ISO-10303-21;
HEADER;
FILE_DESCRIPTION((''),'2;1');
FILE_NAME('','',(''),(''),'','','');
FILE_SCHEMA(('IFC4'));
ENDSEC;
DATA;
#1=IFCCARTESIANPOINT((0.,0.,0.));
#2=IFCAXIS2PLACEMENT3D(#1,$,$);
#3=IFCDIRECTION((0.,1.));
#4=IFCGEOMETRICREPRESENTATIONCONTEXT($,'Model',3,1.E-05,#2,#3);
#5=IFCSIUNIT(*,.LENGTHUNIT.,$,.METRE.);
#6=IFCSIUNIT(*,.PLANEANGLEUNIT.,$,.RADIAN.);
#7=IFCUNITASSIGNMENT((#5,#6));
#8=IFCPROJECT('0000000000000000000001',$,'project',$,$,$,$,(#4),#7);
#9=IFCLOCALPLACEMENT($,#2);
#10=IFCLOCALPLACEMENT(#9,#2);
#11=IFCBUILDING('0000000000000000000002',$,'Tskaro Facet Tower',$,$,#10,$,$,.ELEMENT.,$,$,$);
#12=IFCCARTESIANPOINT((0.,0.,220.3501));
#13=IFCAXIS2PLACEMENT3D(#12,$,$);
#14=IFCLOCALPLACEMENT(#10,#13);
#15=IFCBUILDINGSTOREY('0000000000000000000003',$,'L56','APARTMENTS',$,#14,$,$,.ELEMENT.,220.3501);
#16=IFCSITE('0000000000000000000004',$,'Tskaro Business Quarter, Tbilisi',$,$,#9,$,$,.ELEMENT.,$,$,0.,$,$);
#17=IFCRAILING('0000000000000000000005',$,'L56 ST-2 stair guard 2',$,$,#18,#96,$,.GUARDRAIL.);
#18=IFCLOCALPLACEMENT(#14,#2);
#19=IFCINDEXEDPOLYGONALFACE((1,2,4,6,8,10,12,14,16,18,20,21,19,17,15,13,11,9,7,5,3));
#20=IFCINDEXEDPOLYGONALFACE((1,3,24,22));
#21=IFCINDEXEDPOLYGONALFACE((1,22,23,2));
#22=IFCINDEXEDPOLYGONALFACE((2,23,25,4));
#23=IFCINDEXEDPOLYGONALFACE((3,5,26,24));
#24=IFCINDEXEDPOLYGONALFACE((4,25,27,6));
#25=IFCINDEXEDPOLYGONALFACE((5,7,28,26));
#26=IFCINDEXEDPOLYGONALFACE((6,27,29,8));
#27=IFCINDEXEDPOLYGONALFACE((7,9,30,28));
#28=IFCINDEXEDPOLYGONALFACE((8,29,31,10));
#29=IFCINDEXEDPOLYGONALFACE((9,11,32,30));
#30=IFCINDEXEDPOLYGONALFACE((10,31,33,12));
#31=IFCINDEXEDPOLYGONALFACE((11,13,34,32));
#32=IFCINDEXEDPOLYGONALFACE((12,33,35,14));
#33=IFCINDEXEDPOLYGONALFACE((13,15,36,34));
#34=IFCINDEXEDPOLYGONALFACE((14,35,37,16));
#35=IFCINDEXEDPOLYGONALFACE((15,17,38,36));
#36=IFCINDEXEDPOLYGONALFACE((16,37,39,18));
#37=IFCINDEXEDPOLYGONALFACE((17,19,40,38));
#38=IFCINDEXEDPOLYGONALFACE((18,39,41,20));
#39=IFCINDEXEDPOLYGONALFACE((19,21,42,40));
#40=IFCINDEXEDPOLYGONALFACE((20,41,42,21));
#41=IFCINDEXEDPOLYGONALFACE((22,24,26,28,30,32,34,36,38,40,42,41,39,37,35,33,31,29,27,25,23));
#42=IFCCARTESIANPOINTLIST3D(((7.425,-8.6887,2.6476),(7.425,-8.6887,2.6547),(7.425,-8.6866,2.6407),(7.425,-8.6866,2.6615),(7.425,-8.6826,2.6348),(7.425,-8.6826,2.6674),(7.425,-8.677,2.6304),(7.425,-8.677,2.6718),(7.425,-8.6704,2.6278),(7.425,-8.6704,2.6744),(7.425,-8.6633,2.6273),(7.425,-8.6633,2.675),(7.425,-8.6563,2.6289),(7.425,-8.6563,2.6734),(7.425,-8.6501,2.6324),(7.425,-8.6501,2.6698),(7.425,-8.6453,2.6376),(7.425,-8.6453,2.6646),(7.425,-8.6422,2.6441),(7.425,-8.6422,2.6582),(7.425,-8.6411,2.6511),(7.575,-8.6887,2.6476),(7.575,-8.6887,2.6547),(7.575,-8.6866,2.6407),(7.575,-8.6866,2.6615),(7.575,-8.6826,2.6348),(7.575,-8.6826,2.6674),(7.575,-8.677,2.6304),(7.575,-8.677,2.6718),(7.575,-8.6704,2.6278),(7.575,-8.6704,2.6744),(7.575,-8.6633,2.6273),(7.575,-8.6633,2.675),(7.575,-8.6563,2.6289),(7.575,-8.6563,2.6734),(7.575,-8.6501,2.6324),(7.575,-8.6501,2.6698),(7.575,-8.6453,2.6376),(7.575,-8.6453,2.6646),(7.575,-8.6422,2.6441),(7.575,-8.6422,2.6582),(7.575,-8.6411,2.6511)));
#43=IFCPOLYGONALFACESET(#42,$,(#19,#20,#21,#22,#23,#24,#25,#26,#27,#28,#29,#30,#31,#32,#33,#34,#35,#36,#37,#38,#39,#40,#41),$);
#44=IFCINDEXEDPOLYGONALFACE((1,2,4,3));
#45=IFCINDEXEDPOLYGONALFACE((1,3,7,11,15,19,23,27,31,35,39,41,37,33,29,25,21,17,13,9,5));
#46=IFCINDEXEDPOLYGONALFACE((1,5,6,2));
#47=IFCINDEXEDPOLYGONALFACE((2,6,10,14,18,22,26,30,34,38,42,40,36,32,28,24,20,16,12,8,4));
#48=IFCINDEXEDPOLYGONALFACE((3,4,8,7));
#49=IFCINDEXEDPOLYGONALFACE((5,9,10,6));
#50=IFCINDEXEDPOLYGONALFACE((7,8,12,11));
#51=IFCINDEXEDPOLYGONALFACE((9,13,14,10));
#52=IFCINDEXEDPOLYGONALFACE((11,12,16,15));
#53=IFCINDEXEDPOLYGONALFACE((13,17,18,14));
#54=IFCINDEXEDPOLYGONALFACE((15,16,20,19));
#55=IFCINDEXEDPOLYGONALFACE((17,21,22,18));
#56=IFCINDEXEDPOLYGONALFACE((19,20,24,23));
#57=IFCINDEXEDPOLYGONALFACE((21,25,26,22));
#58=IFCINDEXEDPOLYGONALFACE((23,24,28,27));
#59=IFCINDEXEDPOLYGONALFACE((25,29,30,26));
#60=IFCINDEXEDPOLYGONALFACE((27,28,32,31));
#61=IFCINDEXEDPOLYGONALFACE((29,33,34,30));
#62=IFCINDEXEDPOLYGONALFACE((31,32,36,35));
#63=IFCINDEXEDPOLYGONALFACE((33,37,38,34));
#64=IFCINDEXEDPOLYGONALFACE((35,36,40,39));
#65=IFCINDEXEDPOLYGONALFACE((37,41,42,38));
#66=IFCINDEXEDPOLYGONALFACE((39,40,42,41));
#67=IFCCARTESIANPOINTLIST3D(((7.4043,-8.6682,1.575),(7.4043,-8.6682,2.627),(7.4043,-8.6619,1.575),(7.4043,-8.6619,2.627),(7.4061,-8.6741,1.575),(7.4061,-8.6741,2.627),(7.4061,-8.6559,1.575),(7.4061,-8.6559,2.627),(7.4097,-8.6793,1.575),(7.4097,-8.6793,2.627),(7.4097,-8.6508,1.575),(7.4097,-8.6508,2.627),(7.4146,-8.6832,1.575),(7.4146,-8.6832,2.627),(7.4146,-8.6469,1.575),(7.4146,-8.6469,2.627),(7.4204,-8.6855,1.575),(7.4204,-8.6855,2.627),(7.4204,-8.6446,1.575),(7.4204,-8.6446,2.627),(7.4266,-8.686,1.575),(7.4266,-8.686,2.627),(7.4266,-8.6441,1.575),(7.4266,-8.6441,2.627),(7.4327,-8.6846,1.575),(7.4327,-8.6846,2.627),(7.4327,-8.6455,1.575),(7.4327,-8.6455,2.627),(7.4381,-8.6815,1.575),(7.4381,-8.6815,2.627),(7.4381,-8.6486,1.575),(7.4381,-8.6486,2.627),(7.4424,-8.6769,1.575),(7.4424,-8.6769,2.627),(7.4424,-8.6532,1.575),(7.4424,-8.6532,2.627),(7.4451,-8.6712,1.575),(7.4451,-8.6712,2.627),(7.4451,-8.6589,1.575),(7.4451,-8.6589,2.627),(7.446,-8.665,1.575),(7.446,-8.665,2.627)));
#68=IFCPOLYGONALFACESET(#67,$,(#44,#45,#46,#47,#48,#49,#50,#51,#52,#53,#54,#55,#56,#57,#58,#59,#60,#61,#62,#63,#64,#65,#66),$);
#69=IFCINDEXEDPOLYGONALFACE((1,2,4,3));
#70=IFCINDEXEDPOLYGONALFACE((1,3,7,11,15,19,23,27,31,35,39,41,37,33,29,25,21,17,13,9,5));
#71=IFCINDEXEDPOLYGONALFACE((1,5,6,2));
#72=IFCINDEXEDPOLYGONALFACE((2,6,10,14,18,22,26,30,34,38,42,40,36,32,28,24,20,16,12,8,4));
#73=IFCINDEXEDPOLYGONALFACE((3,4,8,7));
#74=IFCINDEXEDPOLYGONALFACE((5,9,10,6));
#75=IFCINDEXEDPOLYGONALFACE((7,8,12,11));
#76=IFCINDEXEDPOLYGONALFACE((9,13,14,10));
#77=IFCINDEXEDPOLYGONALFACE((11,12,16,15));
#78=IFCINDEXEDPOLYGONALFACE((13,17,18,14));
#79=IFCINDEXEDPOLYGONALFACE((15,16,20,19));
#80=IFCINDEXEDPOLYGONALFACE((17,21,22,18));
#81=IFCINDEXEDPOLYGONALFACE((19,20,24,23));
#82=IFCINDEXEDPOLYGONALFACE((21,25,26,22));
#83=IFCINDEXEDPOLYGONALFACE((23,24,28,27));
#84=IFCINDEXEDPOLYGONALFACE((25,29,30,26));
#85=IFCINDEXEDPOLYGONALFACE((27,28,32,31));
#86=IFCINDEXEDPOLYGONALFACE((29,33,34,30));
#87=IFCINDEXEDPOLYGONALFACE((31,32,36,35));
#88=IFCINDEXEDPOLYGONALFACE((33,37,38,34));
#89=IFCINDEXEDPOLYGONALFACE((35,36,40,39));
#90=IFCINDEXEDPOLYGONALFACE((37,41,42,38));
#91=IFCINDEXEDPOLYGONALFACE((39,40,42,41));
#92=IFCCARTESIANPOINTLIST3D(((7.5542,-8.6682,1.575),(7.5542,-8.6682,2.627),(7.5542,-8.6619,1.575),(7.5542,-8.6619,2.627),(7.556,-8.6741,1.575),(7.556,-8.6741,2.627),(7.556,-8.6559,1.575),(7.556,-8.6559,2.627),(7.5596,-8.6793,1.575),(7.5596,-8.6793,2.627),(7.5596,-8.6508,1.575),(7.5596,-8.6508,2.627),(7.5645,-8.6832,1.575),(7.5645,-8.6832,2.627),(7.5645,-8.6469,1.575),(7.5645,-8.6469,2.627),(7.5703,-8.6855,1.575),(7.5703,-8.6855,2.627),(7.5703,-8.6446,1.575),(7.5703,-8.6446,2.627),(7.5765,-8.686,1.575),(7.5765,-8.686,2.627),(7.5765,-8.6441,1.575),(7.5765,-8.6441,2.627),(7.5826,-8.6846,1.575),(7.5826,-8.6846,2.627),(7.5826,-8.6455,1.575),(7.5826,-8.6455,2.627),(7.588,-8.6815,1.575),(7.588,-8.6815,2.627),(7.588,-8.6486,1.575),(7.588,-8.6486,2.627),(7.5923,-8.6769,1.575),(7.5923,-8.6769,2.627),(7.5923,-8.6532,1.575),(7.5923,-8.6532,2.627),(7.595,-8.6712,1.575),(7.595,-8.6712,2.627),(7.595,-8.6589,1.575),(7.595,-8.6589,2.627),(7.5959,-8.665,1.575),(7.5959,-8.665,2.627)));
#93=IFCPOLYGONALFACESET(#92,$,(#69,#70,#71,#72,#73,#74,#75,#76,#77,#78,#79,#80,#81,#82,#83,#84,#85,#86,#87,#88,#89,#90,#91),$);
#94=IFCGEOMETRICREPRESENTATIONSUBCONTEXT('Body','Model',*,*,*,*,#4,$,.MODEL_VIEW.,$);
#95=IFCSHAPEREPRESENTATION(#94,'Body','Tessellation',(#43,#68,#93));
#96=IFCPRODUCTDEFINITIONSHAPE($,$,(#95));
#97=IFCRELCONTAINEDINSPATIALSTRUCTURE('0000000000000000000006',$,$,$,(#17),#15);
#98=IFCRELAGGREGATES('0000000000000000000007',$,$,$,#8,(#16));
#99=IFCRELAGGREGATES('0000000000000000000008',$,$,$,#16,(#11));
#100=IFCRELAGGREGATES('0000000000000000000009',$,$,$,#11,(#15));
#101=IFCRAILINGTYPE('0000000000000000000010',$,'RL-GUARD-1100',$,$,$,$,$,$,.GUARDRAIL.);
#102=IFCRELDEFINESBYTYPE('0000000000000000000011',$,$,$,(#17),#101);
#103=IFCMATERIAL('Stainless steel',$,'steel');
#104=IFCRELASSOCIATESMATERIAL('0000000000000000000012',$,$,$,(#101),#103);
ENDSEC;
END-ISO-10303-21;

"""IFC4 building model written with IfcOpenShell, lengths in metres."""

from ifc_helpers import new_model, si_unit, direction, frame, origin, origin_2d, place, context, subcontext, project, spatial, circle, extrude, material, type_object, element, save


model = new_model("IFC4")

# Units and contexts
model_context = context("Model", 3, precision=1e-05, world=origin(), true_north=direction((0.0, 1.0)))
body_context = subcontext(model_context, "Body", "Model", "MODEL_VIEW")
ifc_project = project(units=[si_unit("LENGTHUNIT", "METRE"), si_unit("PLANEANGLEUNIT", "RADIAN")], contexts=[model_context])

# Site, building, storey
site_placement = place(None, origin())
site = spatial("IfcSite", under=ifc_project, at=site_placement, Name="Tskaro Business Quarter, Tbilisi", CompositionType="ELEMENT", RefElevation=0.0)
building_placement = place(site_placement, origin())
building = spatial("IfcBuilding", under=site, at=building_placement, Name="Tskaro Facet Tower", CompositionType="ELEMENT")
storey_placement = place(building_placement, frame((0.0, 0.0, 220.3501)))
storey = spatial("IfcBuildingStorey", under=building, at=storey_placement, Name="L56", Description="APARTMENTS", CompositionType="ELEMENT", Elevation=220.3501)

# Railing
ifc_material_1 = material(Name="Stainless steel", Category="steel")
railing_type_1 = type_object("IfcRailingType", Name="RL-GUARD-1100", PredefinedType="GUARDRAIL", material=ifc_material_1)
railing_1_placement = place(storey_placement, frame((7.425, -8.665, 1.575)))
element("IfcRailing", 1, at=railing_1_placement, inside=storey, type_object=railing_type_1, Name="L56 ST-2 stair guard 2", PredefinedType="GUARDRAIL", context=body_context, shape_type="SweptSolid", body=[
    extrude(circle(Radius=0.0239, at=origin_2d()), frame((0.0, 0.0, 1.0762), z_axis=(1.0, 0.0, 0.0), x_axis=(0.0, 1.0, 0.0)), (0.0, 0.0, 1.0), 0.1499),
    extrude(circle(Radius=0.021, at=origin_2d()), origin(), (0.0, 0.0, 1.0), 1.052),
    extrude(circle(Radius=0.021, at=origin_2d()), frame((0.1499, 0.0, 0.0)), (0.0, 0.0, 1.0), 1.052),
])

save(model, "model.ifc")
